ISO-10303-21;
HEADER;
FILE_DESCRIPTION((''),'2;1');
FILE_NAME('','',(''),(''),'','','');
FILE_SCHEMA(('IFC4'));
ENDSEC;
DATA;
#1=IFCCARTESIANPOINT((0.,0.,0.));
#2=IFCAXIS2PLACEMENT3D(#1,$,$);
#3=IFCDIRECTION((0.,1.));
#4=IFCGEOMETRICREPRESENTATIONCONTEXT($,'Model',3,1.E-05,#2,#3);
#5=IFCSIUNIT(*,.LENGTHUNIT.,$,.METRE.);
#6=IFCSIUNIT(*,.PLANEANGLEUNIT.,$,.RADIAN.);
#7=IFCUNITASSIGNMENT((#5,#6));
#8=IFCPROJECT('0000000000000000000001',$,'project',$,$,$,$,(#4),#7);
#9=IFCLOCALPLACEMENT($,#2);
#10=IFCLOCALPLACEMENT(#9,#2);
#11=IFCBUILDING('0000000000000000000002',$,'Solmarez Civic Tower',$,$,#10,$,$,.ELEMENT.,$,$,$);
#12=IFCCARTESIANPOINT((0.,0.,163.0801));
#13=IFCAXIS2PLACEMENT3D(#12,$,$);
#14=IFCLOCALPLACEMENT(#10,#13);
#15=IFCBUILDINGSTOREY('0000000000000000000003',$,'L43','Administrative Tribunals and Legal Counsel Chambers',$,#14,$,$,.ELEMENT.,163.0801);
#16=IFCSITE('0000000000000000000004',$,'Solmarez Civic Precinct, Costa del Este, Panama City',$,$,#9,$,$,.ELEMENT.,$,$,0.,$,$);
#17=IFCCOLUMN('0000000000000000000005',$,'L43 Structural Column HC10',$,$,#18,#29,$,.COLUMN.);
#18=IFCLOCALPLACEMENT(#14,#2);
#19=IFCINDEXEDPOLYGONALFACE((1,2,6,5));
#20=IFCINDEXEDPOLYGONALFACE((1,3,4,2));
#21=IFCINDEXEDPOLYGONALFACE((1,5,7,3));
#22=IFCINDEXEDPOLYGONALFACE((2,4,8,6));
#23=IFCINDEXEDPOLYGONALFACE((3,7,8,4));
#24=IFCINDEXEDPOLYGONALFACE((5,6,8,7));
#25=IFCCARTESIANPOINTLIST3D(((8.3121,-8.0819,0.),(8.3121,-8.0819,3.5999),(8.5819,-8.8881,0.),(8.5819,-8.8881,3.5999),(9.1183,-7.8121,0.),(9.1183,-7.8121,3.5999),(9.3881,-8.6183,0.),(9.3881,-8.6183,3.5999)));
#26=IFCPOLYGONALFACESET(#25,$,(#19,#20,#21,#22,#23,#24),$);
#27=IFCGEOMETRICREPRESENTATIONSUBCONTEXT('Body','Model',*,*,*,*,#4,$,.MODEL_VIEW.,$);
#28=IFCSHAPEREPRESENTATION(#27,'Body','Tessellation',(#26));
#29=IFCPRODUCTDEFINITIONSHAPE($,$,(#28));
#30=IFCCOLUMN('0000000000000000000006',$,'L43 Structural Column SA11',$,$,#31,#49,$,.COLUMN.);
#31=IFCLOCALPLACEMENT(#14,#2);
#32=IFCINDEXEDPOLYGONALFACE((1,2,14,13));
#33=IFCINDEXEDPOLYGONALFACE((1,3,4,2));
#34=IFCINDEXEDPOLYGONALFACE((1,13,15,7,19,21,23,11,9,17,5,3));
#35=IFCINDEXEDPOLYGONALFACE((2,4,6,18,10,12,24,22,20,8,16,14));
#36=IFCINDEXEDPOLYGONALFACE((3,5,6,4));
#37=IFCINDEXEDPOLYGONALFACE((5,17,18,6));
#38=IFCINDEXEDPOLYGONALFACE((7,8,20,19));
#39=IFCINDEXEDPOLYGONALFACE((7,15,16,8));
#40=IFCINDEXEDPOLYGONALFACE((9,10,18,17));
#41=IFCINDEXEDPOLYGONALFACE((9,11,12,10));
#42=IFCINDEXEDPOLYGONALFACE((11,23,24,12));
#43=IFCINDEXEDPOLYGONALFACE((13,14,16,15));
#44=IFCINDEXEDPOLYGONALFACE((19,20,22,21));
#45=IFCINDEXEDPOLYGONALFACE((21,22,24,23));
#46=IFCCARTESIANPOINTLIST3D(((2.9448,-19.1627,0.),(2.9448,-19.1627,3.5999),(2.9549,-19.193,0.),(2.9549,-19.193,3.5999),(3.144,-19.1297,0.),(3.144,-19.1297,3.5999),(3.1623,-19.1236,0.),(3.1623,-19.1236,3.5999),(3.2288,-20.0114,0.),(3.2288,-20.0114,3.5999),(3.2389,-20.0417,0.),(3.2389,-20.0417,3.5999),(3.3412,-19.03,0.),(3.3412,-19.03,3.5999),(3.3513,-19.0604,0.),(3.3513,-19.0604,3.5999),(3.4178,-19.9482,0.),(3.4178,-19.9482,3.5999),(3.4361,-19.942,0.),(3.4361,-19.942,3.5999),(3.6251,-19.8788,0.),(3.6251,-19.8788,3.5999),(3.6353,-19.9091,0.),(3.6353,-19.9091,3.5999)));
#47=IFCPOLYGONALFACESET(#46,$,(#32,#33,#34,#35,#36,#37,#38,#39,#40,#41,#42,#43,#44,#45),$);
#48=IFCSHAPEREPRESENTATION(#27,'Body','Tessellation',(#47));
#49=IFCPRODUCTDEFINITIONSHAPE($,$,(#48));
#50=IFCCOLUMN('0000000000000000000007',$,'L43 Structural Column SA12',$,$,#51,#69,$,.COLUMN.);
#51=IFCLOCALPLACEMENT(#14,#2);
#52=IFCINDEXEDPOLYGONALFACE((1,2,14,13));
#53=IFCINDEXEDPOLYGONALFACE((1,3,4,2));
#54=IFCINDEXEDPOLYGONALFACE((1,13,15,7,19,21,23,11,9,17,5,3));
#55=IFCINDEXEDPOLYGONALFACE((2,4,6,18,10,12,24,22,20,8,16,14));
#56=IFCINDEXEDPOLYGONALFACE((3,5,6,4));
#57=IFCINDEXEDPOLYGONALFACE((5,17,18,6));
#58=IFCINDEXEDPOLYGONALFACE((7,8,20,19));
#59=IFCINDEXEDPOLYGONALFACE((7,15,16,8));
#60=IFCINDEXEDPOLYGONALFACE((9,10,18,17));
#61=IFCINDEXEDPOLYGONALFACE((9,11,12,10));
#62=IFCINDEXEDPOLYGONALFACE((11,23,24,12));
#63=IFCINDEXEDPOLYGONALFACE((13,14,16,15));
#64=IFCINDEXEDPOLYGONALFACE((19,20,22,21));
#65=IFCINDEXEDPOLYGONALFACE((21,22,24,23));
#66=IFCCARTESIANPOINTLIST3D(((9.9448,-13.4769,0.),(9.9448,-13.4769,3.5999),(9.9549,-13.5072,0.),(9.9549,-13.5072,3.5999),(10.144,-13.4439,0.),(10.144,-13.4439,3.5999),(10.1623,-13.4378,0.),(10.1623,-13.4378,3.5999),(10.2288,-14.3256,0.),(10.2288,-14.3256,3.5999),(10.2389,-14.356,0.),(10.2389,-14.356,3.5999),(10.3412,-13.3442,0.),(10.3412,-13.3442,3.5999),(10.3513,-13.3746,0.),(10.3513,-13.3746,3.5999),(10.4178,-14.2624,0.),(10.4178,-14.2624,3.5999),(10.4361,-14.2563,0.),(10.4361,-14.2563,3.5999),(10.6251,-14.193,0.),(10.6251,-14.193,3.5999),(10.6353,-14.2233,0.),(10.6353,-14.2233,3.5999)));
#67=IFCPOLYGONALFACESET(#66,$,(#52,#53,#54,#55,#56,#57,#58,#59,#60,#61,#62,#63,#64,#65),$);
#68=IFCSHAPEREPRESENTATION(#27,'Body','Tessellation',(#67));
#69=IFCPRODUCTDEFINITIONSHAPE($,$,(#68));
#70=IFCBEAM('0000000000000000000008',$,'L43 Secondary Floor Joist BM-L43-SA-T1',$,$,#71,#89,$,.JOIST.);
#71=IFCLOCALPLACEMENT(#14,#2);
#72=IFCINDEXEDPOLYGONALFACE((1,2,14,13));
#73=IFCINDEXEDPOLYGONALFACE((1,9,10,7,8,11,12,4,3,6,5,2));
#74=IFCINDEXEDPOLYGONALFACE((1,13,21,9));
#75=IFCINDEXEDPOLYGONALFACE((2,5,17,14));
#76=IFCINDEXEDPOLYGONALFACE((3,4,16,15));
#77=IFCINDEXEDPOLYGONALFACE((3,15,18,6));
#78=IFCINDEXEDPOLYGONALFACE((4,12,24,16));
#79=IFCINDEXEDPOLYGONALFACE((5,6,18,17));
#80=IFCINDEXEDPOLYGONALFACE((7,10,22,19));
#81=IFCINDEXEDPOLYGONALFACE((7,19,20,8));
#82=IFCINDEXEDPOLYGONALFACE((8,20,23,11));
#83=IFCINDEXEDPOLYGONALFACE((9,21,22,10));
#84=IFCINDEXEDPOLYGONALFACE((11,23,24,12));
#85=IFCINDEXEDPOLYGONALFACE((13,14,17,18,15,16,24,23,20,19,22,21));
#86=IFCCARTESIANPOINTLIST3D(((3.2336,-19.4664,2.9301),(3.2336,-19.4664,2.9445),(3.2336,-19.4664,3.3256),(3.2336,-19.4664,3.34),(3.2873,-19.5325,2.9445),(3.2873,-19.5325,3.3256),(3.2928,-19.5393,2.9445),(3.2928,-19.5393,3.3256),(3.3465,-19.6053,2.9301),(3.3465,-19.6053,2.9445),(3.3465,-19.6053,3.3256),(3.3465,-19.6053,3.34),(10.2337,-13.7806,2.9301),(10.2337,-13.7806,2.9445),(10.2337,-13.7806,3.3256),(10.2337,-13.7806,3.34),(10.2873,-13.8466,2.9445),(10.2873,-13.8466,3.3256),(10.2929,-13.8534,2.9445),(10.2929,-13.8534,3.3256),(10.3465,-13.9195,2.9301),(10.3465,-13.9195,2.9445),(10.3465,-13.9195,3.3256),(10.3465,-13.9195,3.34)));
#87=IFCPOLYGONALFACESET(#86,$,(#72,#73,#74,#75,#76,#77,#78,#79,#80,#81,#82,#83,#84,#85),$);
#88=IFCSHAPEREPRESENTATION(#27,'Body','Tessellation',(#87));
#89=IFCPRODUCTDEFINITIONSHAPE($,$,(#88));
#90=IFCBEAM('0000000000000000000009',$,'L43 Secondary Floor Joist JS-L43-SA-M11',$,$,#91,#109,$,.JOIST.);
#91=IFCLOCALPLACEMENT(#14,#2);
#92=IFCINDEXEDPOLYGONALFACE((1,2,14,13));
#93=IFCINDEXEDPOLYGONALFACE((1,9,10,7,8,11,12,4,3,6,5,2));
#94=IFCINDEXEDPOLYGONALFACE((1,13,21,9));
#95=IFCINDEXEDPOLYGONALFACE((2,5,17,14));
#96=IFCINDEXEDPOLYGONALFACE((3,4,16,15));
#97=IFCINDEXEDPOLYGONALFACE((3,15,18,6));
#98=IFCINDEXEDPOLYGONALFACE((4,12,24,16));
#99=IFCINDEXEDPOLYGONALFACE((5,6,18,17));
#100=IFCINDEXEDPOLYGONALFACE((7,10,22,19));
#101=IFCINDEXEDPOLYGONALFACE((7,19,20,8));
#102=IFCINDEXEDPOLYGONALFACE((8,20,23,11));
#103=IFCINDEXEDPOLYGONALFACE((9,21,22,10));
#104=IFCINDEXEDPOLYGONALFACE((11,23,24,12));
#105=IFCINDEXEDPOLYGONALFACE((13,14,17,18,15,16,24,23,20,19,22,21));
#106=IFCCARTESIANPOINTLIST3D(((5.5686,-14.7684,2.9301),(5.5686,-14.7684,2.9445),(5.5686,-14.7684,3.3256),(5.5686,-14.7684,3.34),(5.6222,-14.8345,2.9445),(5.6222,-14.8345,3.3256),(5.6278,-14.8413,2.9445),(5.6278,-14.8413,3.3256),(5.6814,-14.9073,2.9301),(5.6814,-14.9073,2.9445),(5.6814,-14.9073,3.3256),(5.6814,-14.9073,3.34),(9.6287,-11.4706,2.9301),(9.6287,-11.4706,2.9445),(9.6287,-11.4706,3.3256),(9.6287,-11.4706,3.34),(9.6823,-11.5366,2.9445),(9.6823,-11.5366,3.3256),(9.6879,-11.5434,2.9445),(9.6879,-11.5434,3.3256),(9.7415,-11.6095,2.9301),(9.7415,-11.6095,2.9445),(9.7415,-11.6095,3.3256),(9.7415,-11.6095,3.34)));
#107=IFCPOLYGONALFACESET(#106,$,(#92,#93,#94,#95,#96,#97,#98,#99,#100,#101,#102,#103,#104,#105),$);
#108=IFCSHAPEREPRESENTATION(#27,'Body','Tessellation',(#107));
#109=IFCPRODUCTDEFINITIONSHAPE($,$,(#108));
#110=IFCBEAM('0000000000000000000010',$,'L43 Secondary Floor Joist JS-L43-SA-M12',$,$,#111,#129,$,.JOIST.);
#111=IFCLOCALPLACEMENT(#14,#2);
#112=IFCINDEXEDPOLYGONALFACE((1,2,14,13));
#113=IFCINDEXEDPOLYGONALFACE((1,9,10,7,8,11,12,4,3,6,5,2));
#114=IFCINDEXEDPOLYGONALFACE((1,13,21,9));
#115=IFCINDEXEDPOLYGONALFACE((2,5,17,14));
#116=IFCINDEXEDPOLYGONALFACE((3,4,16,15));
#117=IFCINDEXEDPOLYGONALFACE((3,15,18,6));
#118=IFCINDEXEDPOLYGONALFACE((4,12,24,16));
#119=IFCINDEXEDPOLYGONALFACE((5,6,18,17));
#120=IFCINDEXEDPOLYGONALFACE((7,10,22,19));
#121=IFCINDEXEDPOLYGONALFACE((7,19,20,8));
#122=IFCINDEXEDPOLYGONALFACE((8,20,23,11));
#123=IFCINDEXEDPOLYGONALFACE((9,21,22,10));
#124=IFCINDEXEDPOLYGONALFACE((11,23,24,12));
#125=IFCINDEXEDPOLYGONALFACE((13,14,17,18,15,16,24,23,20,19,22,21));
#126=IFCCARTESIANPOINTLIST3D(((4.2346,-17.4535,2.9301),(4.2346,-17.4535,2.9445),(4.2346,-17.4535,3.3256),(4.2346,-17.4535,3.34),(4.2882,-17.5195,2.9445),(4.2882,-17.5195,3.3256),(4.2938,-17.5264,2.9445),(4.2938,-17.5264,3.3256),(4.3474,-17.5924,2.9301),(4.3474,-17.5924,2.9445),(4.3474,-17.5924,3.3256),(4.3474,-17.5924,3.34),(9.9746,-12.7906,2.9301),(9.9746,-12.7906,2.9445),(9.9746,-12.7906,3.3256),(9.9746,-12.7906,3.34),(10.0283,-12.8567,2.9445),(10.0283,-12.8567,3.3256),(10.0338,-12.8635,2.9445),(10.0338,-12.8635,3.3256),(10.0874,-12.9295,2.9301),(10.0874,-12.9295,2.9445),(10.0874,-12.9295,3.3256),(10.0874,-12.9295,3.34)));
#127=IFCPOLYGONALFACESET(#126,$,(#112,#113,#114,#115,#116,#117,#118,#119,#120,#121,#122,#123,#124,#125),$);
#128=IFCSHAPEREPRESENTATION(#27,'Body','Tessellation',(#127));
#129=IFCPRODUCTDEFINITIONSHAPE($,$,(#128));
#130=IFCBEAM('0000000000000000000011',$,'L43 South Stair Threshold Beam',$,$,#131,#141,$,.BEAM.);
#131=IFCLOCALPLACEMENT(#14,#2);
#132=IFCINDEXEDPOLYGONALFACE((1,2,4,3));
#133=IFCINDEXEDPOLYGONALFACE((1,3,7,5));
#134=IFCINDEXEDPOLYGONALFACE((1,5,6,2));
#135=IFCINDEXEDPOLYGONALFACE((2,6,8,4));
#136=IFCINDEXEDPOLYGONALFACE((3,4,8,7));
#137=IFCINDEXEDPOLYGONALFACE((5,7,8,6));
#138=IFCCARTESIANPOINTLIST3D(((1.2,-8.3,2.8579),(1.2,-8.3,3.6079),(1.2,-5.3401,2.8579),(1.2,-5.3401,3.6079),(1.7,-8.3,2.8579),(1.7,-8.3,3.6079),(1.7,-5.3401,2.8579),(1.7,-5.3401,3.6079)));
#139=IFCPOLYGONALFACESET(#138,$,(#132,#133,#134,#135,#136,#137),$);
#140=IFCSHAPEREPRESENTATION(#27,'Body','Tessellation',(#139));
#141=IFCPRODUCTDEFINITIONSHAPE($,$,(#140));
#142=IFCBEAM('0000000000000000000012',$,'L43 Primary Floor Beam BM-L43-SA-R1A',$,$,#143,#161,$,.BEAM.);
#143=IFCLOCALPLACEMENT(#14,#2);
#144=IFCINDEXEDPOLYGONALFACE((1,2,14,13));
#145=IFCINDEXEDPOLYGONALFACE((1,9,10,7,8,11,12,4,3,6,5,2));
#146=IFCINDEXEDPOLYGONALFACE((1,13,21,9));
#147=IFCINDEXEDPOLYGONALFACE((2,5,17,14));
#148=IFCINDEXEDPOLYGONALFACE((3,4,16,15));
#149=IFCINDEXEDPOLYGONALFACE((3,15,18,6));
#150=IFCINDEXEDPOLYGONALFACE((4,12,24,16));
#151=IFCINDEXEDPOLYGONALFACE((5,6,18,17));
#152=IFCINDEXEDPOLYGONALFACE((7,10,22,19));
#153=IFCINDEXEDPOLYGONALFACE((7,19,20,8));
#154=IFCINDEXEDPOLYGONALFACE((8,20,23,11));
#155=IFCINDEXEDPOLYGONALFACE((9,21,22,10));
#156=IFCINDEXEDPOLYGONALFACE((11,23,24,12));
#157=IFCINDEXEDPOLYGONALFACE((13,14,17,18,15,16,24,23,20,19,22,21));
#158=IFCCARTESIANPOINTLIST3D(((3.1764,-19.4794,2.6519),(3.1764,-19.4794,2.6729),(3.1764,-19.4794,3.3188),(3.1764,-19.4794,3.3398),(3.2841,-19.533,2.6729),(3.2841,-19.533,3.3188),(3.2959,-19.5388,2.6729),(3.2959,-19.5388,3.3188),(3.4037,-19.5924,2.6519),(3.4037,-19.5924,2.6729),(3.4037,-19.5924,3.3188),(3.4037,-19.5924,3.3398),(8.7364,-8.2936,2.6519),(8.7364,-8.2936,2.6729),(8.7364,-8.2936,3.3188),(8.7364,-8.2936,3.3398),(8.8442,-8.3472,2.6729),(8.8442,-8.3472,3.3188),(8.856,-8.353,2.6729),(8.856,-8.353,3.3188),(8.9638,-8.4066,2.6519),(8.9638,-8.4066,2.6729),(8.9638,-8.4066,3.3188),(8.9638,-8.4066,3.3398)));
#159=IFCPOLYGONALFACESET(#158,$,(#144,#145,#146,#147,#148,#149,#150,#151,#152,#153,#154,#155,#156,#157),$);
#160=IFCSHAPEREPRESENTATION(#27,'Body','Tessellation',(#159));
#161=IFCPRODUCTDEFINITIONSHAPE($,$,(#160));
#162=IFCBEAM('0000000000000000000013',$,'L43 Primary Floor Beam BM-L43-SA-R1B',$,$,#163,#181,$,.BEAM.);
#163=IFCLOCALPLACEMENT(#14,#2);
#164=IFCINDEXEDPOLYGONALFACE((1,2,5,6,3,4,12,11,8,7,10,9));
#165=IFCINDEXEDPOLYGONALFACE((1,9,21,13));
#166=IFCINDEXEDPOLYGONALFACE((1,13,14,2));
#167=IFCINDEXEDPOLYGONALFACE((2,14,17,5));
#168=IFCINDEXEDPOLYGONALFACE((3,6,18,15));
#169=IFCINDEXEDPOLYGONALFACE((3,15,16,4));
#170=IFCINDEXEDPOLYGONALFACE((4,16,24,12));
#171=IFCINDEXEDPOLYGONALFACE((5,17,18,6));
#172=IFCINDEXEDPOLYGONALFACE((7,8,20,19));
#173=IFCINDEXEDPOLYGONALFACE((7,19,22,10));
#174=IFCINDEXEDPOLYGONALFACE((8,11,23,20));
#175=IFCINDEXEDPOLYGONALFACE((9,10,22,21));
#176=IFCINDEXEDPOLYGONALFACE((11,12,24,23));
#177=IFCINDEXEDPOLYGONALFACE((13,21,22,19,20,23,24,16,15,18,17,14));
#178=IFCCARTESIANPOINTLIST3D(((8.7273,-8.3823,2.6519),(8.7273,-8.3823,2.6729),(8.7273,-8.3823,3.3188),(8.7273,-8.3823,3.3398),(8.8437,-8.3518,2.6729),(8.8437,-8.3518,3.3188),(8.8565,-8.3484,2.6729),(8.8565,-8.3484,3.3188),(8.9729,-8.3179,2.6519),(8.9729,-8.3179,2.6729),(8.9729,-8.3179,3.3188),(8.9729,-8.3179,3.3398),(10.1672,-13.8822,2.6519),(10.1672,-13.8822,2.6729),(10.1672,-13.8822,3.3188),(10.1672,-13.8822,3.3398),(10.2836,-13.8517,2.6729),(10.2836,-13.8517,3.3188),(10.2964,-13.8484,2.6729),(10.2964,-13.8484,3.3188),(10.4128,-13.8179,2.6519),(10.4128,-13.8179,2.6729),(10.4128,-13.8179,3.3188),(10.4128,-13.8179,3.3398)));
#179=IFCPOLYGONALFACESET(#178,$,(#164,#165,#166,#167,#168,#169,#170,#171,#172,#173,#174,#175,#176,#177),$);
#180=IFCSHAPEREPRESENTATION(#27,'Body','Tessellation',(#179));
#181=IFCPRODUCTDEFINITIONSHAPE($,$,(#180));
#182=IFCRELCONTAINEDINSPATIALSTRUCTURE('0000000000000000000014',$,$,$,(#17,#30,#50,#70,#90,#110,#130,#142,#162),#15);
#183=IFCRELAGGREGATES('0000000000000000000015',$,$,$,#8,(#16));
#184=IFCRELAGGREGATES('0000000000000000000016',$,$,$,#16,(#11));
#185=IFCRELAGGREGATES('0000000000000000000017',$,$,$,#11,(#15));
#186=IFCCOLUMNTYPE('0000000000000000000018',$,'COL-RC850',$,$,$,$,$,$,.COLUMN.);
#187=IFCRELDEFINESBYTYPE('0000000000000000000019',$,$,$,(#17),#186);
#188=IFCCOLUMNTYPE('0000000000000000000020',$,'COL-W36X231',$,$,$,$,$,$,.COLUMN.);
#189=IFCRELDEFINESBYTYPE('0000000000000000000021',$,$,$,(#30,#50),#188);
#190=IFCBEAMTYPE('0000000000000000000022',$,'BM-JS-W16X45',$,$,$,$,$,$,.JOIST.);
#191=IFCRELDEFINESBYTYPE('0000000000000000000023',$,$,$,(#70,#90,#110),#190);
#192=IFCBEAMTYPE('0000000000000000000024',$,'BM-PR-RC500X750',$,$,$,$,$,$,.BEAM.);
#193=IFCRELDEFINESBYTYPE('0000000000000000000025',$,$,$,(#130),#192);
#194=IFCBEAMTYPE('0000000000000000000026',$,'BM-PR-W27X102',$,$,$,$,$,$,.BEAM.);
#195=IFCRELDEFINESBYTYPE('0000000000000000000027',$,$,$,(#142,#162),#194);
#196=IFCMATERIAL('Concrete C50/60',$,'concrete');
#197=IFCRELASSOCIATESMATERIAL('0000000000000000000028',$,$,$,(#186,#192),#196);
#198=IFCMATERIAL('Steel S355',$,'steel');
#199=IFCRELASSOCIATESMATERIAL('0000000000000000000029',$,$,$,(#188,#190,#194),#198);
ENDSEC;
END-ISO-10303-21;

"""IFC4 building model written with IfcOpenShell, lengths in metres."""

from ifc_helpers import new_model, si_unit, direction, frame, origin, origin_2d, place, context, subcontext, project, spatial, rectangle, i_section, extrude, material, material_profile, profile_set, type_object, element, save


model = new_model("IFC4")

# Units and contexts
model_context = context("Model", 3, precision=1e-05, world=origin(), true_north=direction((0.0, 1.0)))
body_context = subcontext(model_context, "Body", "Model", "MODEL_VIEW")
ifc_project = project(units=[si_unit("LENGTHUNIT", "METRE"), si_unit("PLANEANGLEUNIT", "RADIAN")], contexts=[model_context])

# Site, building, storey
site_placement = place(None, origin())
site = spatial("IfcSite", under=ifc_project, at=site_placement, Name="Solmarez Civic Precinct, Costa del Este, Panama City", CompositionType="ELEMENT", RefElevation=0.0)
building_placement = place(site_placement, origin())
building = spatial("IfcBuilding", under=site, at=building_placement, Name="Solmarez Civic Tower", CompositionType="ELEMENT")
storey_placement = place(building_placement, frame((0.0, 0.0, 163.0801)))
storey = spatial("IfcBuildingStorey", under=building, at=storey_placement, Name="L43", Description="Administrative Tribunals and Legal Counsel Chambers", CompositionType="ELEMENT", Elevation=163.0801)

# Columns
ifc_material_1 = material(Name="Concrete C50/60", Category="concrete")
ifc_material_profile_1 = material_profile(ifc_material_1, rectangle(XDim=0.8501, YDim=0.8501, at=origin_2d()), Name="RC850X850")
ifc_profile_set_1 = profile_set([ifc_material_profile_1], Name="Concrete C50/60")
column_type_1 = type_object("IfcColumnType", Name="COL-RC850", PredefinedType="COLUMN", material=ifc_profile_set_1)
column_placement = place(storey_placement, frame((8.8501, -8.3501, 0.0), z_axis=(0.0, 0.0, 1.0), x_axis=(0.948324, 0.317305, 0.0)))
element("IfcColumn", 1, at=column_placement, inside=storey, type_object=column_type_1, Name="L43 Structural Column HC10", PredefinedType="COLUMN", context=body_context, shape_type="SweptSolid", body=[
    extrude(rectangle(XDim=0.8501, YDim=0.8501, at=origin_2d()), origin(), (0.0, 0.0, 1.0), 3.5999),
])
ifc_material_2 = material(Name="Steel S355", Category="steel")
ifc_material_profile_2 = material_profile(ifc_material_2, i_section(OverallWidth=0.418, OverallDepth=0.927, WebThickness=0.0193, FlangeThickness=0.032, at=origin_2d()), Name="W36X231")
ifc_profile_set_2 = profile_set([ifc_material_profile_2], Name="Steel S355")
column_type_2 = type_object("IfcColumnType", Name="COL-W36X231", PredefinedType="COLUMN", material=ifc_profile_set_2)
for number, where, z_axis, x_axis, name in (
    (2, (3.29, -19.5359, 0.0), (0.0, 0.0, 1.0), (0.948324, 0.317305, 0.0), "L43 Structural Column SA11"),
    (3, (10.29, -13.8501, 0.0), (0.0, 0.0, 1.0), (0.948324, 0.317305, 0.0), "L43 Structural Column SA12"),
):
    element("IfcColumn", number, at=place(storey_placement, frame(where, z_axis=z_axis, x_axis=x_axis)), inside=storey, type_object=column_type_2, Name=name, PredefinedType="COLUMN", context=body_context, shape_type="SweptSolid", body=[
        extrude(i_section(OverallWidth=0.418, OverallDepth=0.927, WebThickness=0.0193, FlangeThickness=0.032, at=origin_2d()), origin(), (0.0, 0.0, 1.0), 3.5999),
    ])

# Beams
ifc_material_profile_3 = material_profile(ifc_material_2, i_section(OverallWidth=0.179, OverallDepth=0.4099, WebThickness=0.0088, FlangeThickness=0.0144, at=origin_2d()), Name="W16X45")
ifc_profile_set_3 = profile_set([ifc_material_profile_3], Name="Steel S355")
beam_type_1 = type_object("IfcBeamType", Name="BM-JS-W16X45", PredefinedType="JOIST", material=ifc_profile_set_3)
beam_1_placement = place(storey_placement, frame((3.29, -19.5359, 3.135), z_axis=(0.776207, 0.630478, 0.0), x_axis=(-0.630478, 0.776207, 0.0)))
element("IfcBeam", 4, at=beam_1_placement, inside=storey, type_object=beam_type_1, Name="L43 Secondary Floor Joist BM-L43-SA-T1", PredefinedType="JOIST", context=body_context, shape_type="SweptSolid", body=[
    extrude(i_section(OverallWidth=0.179, OverallDepth=0.4099, WebThickness=0.0088, FlangeThickness=0.0144, at=origin_2d()), origin(), (0.0, 0.0, 1.0), 9.0183),
])
beam_2_placement = place(storey_placement, frame((5.625, -14.8379, 3.135), z_axis=(0.776203, 0.630484, 0.0), x_axis=(-0.630484, 0.776203, 0.0)))
element("IfcBeam", 5, at=beam_2_placement, inside=storey, type_object=beam_type_1, Name="L43 Secondary Floor Joist JS-L43-SA-M11", PredefinedType="JOIST", context=body_context, shape_type="SweptSolid", body=[
    extrude(i_section(OverallWidth=0.179, OverallDepth=0.4099, WebThickness=0.0088, FlangeThickness=0.0144, at=origin_2d()), origin(), (0.0, 0.0, 1.0), 5.2307),
])
beam_3_placement = place(storey_placement, frame((4.291, -17.5229, 3.135), z_axis=(0.776174, 0.630519, 0.0), x_axis=(-0.630519, 0.776174, 0.0)))
element("IfcBeam", 6, at=beam_3_placement, inside=storey, type_object=beam_type_1, Name="L43 Secondary Floor Joist JS-L43-SA-M12", PredefinedType="JOIST", context=body_context, shape_type="SweptSolid", body=[
    extrude(i_section(OverallWidth=0.179, OverallDepth=0.4099, WebThickness=0.0088, FlangeThickness=0.0144, at=origin_2d()), origin(), (0.0, 0.0, 1.0), 7.3953),
])
ifc_material_profile_4 = material_profile(ifc_material_1, rectangle(XDim=0.5, YDim=0.75, at=origin_2d()), Name="RC500X750")
ifc_profile_set_4 = profile_set([ifc_material_profile_4], Name="Concrete C50/60")
beam_type_2 = type_object("IfcBeamType", Name="BM-PR-RC500X750", PredefinedType="BEAM", material=ifc_profile_set_4)
beam_4_placement = place(storey_placement, frame((1.45, -8.3, 3.2329), z_axis=(0.0, 1.0, 0.0), x_axis=(-1.0, 0.0, 0.0)))
element("IfcBeam", 7, at=beam_4_placement, inside=storey, type_object=beam_type_2, Name="L43 South Stair Threshold Beam", PredefinedType="BEAM", context=body_context, shape_type="SweptSolid", body=[
    extrude(rectangle(XDim=0.5, YDim=0.75, at=origin_2d()), origin(), (0.0, 0.0, 1.0), 2.96),
])
ifc_material_profile_5 = material_profile(ifc_material_2, i_section(OverallWidth=0.2539, OverallDepth=0.688, WebThickness=0.0132, FlangeThickness=0.021, at=origin_2d()), Name="W27X102")
ifc_profile_set_5 = profile_set([ifc_material_profile_5], Name="Steel S355")
beam_type_3 = type_object("IfcBeamType", Name="BM-PR-W27X102", PredefinedType="BEAM", material=ifc_profile_set_5)
beam_5_placement = place(storey_placement, frame((8.8501, -8.3501, 2.9958), z_axis=(-0.445109, -0.895476, 0.0), x_axis=(0.895476, -0.445109, 0.0)))
element("IfcBeam", 8, at=beam_5_placement, inside=storey, type_object=beam_type_3, Name="L43 Primary Floor Beam BM-L43-SA-R1A", PredefinedType="BEAM", context=body_context, shape_type="SweptSolid", body=[
    extrude(i_section(OverallWidth=0.2539, OverallDepth=0.688, WebThickness=0.0132, FlangeThickness=0.021, at=origin_2d()), origin(), (0.0, 0.0, 1.0), 12.4915),
])
beam_6_placement = place(storey_placement, frame((8.8501, -8.3501, 2.9958), z_axis=(0.253271, -0.967395, 0.0), x_axis=(0.967395, 0.253271, 0.0)))
element("IfcBeam", 9, at=beam_6_placement, inside=storey, type_object=beam_type_3, Name="L43 Primary Floor Beam BM-L43-SA-R1B", PredefinedType="BEAM", context=body_context, shape_type="SweptSolid", body=[
    extrude(i_section(OverallWidth=0.2539, OverallDepth=0.688, WebThickness=0.0132, FlangeThickness=0.021, at=origin_2d()), origin(), (0.0, 0.0, 1.0), 5.6853),
])

save(model, "model.ifc")
